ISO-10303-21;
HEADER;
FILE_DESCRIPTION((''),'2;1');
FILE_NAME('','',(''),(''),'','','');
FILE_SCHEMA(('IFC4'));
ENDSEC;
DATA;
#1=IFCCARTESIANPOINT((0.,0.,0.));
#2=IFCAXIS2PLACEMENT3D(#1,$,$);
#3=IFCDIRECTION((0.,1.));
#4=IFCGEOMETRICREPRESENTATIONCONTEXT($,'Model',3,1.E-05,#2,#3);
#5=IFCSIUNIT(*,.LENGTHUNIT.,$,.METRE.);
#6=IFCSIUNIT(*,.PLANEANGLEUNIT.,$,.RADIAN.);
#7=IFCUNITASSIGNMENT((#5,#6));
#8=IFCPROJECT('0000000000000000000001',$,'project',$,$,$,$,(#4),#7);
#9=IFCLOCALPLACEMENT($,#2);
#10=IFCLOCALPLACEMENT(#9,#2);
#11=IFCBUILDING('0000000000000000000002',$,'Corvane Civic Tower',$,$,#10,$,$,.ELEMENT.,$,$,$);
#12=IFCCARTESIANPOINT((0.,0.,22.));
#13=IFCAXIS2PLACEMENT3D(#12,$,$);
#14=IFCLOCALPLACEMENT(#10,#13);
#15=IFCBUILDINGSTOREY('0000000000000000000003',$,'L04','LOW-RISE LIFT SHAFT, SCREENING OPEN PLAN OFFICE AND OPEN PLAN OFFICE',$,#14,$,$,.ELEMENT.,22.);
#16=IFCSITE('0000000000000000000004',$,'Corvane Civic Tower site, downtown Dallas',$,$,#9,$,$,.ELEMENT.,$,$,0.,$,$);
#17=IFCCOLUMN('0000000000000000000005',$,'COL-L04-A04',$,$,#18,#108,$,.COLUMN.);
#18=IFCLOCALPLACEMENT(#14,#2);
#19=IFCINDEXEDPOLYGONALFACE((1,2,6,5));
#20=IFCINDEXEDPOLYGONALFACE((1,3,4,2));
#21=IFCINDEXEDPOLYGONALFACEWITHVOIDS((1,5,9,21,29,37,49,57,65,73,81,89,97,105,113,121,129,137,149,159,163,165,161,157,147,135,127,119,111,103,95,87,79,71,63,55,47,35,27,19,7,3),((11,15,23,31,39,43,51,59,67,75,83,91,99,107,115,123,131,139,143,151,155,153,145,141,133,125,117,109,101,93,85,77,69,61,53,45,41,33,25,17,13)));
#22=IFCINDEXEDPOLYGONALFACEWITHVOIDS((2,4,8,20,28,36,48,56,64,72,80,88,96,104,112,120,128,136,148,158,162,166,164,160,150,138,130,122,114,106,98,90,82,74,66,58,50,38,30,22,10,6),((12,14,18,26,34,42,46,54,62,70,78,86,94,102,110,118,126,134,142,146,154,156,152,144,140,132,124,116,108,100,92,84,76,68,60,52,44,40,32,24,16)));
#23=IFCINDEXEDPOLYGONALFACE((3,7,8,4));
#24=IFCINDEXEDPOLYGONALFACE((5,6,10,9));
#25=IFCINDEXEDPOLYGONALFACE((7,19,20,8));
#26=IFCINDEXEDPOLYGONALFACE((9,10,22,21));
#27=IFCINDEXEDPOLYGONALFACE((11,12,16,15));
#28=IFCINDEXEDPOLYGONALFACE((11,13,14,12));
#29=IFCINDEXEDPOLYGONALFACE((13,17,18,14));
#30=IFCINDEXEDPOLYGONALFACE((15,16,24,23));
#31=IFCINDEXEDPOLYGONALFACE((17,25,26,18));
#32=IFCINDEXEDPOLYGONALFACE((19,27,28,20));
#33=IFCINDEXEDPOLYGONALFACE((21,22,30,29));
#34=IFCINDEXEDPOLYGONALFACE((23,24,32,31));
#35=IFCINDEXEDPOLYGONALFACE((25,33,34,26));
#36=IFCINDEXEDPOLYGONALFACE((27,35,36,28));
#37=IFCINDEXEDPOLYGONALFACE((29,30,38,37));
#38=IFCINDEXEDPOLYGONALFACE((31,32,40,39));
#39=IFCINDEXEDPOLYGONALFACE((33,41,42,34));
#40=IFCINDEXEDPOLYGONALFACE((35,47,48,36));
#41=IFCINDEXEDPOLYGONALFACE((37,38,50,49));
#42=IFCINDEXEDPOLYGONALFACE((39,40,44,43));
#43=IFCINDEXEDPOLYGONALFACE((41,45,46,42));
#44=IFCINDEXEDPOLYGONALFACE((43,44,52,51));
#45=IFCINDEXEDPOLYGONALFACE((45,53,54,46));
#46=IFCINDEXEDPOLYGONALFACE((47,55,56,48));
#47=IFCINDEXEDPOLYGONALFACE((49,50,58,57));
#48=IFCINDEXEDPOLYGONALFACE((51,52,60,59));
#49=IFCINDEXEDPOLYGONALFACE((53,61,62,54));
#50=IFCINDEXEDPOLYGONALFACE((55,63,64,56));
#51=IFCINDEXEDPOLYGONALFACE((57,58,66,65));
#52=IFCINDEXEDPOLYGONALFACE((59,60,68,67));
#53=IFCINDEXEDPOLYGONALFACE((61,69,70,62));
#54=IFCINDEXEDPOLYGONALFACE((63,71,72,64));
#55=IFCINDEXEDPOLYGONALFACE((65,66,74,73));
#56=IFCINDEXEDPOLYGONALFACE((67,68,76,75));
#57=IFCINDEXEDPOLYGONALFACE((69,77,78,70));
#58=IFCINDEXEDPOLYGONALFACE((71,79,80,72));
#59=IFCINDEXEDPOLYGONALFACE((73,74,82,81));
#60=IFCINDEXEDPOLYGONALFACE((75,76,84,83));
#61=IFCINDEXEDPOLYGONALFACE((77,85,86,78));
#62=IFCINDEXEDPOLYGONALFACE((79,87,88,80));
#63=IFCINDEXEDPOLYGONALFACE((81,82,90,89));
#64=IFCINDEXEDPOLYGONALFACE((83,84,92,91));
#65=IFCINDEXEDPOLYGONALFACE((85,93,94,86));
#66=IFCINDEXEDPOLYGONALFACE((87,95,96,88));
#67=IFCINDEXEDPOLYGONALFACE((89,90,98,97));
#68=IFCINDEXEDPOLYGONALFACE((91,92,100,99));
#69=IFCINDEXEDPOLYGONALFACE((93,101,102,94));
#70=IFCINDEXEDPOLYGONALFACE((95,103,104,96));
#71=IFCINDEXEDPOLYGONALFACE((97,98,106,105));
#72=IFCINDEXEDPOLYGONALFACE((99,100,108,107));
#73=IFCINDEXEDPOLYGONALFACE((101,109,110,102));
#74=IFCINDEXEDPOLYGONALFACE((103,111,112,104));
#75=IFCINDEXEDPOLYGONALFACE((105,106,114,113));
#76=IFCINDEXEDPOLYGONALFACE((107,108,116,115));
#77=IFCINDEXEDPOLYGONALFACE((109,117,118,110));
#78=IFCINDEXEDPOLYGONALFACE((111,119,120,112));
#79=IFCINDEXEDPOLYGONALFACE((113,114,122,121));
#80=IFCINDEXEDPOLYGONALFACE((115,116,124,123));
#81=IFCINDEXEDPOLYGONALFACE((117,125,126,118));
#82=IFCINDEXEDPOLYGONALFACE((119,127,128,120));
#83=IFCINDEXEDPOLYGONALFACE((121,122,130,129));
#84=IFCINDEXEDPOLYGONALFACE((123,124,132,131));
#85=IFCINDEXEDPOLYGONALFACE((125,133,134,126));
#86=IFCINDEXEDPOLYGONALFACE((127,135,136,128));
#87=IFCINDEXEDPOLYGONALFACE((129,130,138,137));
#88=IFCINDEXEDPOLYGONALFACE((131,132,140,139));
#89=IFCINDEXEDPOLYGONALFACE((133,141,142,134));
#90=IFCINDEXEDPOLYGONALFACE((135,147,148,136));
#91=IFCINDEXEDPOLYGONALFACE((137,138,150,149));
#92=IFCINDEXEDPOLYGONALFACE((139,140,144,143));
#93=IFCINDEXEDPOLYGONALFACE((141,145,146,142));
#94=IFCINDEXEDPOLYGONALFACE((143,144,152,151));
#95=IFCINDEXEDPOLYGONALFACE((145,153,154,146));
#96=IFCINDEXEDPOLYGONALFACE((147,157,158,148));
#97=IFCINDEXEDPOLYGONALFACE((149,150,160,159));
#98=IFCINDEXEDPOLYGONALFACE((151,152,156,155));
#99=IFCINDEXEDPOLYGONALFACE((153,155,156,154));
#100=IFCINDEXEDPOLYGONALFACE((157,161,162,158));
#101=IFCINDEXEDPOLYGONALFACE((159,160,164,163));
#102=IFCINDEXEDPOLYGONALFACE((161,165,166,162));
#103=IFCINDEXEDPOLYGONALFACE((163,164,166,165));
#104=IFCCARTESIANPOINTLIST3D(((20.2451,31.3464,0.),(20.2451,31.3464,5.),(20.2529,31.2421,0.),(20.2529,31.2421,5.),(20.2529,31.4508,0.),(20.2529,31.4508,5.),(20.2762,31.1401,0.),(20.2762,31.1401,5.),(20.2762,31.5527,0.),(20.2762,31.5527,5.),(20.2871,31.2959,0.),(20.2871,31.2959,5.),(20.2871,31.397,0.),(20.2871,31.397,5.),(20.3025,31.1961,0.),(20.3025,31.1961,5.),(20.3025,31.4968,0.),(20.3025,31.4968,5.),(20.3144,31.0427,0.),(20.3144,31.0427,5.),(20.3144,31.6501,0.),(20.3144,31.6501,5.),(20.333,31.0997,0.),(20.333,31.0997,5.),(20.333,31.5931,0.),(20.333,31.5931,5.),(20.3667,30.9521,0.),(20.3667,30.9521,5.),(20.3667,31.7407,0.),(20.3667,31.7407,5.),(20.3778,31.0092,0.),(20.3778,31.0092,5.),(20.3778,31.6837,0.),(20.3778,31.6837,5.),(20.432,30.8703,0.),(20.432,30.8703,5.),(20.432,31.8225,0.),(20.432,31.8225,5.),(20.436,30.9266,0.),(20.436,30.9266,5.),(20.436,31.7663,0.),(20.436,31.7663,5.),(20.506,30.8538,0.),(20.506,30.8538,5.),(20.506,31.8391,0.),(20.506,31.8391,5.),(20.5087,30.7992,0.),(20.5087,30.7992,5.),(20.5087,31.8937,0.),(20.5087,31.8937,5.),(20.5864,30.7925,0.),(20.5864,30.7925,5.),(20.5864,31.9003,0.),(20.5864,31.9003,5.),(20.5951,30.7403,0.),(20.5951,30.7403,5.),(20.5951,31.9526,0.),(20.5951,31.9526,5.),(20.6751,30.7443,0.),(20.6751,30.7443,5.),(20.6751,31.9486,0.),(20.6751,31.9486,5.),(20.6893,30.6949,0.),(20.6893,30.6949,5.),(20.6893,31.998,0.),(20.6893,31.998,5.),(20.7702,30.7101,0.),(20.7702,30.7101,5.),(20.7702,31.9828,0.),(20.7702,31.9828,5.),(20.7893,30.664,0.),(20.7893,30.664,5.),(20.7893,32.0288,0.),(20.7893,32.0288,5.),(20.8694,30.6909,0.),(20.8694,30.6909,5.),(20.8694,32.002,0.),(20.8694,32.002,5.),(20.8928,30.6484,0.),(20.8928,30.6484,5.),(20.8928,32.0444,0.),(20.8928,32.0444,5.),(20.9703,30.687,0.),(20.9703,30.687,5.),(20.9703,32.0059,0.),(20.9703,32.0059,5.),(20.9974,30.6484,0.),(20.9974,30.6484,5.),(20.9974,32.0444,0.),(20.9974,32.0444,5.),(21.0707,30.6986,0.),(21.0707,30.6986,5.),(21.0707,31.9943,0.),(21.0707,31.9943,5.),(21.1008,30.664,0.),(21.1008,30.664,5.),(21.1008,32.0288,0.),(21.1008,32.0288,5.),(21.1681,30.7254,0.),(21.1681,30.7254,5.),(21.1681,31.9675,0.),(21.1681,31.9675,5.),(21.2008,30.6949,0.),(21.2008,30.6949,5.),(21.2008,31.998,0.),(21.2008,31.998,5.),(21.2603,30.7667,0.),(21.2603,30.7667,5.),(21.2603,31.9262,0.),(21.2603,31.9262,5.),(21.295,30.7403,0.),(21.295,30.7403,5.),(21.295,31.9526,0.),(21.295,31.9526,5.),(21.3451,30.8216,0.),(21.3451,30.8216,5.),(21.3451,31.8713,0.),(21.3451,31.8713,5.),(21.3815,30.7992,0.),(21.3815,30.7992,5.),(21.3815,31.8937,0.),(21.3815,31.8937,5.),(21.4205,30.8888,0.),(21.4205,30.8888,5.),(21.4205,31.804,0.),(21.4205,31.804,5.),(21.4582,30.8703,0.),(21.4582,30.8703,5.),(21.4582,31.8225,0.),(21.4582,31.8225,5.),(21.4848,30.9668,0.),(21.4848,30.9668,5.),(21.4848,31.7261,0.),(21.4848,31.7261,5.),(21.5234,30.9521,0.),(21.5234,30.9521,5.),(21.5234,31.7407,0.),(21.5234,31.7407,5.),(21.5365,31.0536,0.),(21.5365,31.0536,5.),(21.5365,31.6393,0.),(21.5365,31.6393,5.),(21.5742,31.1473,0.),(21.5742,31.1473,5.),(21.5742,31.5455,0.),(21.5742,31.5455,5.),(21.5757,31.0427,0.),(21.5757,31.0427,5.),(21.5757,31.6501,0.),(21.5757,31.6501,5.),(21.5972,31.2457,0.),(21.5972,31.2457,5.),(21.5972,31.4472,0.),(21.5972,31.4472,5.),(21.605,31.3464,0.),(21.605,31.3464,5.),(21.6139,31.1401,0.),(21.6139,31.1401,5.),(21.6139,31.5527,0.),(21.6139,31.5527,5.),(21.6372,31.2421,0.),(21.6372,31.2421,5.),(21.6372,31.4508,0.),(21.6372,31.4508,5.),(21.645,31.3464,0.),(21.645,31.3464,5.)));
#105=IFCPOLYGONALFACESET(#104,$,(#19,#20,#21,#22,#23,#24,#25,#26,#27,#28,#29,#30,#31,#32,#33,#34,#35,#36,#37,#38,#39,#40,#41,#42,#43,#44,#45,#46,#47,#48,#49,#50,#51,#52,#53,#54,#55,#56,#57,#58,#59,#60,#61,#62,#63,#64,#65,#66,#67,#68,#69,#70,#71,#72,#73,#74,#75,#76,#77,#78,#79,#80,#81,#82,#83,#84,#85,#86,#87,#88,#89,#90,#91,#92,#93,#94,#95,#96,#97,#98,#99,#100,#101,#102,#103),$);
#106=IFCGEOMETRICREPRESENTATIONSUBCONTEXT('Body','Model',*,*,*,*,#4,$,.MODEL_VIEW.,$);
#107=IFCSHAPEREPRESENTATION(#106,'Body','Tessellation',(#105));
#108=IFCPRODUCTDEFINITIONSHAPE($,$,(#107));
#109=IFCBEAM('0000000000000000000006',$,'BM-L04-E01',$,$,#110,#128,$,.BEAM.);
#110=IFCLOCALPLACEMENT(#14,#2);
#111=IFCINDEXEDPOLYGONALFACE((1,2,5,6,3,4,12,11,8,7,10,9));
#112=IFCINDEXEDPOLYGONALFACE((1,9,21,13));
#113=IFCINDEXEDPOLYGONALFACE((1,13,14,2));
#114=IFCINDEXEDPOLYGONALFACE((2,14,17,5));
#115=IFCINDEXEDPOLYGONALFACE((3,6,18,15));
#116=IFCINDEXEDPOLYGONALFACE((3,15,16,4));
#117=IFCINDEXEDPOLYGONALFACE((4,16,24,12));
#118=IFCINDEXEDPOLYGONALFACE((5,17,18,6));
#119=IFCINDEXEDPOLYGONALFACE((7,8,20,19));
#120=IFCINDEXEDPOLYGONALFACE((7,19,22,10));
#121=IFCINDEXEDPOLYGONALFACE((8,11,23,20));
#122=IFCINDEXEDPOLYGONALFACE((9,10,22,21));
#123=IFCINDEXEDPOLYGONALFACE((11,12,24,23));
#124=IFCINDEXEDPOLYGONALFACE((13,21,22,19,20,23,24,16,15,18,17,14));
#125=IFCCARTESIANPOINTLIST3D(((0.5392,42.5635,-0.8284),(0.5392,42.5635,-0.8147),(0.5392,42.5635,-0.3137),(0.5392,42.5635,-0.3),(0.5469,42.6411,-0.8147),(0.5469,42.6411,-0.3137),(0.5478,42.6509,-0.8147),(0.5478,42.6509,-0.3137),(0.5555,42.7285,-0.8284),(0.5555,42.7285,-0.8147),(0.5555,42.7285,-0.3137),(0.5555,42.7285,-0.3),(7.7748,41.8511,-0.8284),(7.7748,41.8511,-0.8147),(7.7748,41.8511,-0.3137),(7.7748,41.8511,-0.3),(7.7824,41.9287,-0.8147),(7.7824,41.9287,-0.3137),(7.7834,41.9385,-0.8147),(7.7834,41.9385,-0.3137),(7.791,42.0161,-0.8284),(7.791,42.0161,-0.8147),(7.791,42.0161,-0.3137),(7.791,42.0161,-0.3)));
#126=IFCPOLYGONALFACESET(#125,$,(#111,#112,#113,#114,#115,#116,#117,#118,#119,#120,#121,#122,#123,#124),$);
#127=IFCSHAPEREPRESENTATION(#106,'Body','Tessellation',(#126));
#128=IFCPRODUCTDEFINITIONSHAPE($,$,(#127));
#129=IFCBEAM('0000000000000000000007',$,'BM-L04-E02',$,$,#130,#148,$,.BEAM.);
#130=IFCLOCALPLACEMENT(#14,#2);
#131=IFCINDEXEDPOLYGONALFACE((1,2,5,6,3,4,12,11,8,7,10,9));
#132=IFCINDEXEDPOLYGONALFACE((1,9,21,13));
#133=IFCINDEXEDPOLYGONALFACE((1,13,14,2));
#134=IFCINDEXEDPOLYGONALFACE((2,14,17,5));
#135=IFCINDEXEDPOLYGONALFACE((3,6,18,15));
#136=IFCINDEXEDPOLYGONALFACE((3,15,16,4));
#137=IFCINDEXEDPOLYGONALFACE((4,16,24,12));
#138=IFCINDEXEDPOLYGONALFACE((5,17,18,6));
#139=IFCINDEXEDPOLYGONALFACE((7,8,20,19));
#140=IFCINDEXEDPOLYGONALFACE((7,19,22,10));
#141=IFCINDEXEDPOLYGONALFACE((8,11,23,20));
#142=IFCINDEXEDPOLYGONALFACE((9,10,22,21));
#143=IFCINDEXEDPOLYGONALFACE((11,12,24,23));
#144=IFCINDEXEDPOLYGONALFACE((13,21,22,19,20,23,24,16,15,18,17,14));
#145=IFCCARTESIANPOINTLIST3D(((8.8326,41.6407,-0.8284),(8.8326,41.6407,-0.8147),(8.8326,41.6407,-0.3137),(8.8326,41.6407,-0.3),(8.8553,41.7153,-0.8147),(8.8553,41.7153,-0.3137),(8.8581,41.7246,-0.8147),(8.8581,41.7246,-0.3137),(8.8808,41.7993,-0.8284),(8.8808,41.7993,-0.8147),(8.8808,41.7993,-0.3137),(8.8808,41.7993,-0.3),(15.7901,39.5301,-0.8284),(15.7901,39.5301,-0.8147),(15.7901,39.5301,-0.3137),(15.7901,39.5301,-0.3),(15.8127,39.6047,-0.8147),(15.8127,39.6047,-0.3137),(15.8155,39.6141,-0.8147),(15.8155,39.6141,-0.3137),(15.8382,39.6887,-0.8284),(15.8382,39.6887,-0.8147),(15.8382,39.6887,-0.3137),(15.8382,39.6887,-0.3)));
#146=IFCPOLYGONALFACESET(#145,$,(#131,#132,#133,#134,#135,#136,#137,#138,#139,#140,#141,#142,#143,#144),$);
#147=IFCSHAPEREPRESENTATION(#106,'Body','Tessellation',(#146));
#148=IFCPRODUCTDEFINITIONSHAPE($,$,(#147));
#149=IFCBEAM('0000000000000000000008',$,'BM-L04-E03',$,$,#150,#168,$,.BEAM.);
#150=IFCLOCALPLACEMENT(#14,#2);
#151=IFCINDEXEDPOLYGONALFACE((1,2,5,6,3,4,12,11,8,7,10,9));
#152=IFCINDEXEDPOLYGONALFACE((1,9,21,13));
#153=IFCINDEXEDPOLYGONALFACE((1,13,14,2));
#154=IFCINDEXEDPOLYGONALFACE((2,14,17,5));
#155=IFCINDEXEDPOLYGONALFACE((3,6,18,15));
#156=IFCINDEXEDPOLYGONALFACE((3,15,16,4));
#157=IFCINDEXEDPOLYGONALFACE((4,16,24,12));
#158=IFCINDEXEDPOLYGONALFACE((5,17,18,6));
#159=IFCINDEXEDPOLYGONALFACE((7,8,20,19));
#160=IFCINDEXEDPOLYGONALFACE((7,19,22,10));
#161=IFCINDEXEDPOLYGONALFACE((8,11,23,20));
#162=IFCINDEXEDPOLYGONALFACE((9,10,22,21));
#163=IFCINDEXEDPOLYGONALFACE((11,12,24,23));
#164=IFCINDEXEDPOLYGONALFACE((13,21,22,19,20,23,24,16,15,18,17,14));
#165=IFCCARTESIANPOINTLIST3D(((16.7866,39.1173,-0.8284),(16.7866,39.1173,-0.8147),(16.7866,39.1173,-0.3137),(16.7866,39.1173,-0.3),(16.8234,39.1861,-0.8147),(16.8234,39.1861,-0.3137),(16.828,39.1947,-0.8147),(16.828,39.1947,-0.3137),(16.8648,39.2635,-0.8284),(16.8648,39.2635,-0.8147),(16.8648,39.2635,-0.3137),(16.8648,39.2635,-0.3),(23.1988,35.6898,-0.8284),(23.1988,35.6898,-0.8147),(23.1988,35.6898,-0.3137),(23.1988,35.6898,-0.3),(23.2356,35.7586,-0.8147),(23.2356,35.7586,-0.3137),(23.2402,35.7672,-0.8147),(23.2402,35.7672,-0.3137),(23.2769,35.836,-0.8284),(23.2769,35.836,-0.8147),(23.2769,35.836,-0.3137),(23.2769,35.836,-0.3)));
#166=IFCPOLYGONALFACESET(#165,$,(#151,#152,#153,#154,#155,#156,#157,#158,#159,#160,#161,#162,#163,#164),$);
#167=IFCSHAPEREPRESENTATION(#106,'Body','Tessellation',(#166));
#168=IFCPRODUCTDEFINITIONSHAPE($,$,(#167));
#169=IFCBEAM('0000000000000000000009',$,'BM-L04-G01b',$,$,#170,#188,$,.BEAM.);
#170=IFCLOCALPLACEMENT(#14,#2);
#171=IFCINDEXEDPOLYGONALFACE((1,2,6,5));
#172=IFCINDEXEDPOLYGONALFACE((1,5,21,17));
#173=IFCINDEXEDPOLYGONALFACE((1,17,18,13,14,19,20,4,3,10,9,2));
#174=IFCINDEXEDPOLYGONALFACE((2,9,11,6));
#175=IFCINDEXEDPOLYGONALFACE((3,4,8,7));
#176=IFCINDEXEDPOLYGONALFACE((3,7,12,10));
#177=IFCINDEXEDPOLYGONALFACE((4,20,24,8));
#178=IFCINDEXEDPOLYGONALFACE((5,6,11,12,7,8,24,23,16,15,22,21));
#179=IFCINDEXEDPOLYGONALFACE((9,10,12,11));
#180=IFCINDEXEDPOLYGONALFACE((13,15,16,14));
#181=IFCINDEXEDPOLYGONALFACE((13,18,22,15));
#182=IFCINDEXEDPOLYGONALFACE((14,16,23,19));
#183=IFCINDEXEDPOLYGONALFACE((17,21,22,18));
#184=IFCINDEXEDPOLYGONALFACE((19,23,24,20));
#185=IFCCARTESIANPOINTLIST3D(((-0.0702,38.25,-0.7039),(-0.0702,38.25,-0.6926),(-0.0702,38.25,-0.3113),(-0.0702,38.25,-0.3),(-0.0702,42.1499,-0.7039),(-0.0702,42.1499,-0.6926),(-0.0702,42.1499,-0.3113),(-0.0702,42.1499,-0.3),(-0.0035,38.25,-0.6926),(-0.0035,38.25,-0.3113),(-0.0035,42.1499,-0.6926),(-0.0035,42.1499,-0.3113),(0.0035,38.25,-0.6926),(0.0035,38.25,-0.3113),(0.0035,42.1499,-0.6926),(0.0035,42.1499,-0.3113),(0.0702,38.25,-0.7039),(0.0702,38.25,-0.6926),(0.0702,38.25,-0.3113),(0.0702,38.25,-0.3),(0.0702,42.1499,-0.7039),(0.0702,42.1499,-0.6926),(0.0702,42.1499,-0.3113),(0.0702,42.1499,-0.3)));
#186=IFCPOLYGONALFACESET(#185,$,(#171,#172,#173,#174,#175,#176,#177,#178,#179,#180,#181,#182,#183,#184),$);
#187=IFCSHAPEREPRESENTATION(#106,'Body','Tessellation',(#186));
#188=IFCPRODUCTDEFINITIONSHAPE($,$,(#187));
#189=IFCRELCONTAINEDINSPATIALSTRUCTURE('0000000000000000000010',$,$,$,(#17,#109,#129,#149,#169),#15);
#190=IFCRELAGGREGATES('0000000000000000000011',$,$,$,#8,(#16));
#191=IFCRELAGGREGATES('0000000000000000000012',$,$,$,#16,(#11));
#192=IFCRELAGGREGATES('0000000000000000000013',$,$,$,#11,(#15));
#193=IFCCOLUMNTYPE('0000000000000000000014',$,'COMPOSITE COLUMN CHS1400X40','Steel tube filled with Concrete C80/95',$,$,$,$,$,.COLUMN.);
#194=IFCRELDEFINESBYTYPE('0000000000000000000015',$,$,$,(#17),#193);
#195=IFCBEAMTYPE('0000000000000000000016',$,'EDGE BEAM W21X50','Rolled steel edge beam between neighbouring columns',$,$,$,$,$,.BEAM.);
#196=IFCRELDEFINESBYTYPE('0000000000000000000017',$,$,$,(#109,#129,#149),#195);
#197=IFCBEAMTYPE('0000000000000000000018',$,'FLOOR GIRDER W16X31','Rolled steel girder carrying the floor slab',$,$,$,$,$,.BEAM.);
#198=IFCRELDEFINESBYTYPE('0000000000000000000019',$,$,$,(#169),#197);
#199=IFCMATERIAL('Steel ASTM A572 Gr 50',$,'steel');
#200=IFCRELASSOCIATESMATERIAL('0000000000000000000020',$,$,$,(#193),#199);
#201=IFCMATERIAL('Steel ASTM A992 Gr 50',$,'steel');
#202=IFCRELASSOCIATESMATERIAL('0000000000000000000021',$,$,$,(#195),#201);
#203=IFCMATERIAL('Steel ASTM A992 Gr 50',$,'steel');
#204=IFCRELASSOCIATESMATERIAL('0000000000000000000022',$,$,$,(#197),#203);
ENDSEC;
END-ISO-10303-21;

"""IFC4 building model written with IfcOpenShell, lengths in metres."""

from ifc_helpers import new_model, si_unit, direction, frame, origin, origin_2d, place, context, subcontext, project, spatial, hollow_circle, i_section, extrude, material, material_profile, profile_set, type_object, element, save


model = new_model("IFC4")

# Units and contexts
model_context = context("Model", 3, precision=1e-05, world=origin(), true_north=direction((0.0, 1.0)))
body_context = subcontext(model_context, "Body", "Model", "MODEL_VIEW")
ifc_project = project(units=[si_unit("LENGTHUNIT", "METRE"), si_unit("PLANEANGLEUNIT", "RADIAN")], contexts=[model_context])

# Site, building, storey
site_placement = place(None, origin())
site = spatial("IfcSite", under=ifc_project, at=site_placement, Name="Corvane Civic Tower site, downtown Dallas", CompositionType="ELEMENT", RefElevation=0.0)
building_placement = place(site_placement, origin())
building = spatial("IfcBuilding", under=site, at=building_placement, Name="Corvane Civic Tower", CompositionType="ELEMENT")
storey_placement = place(building_placement, frame((0.0, 0.0, 22.0)))
storey = spatial("IfcBuildingStorey", under=building, at=storey_placement, Name="L04", Description="LOW-RISE LIFT SHAFT, SCREENING OPEN PLAN OFFICE AND OPEN PLAN OFFICE", CompositionType="ELEMENT", Elevation=22.0)

# Column
ifc_material_1 = material(Name="Steel ASTM A572 Gr 50", Category="steel")
ifc_material_profile_1 = material_profile(ifc_material_1, hollow_circle(Radius=0.7, WallThickness=0.04, at=origin_2d()), Name="CHS1400X40")
ifc_profile_set_1 = profile_set([ifc_material_profile_1], Name="Steel ASTM A572 Gr 50")
column_type_1 = type_object("IfcColumnType", Name="COMPOSITE COLUMN CHS1400X40", Description="Steel tube filled with Concrete C80/95", PredefinedType="COLUMN", material=ifc_profile_set_1)
for number, where, z_axis, x_axis, name in (
    (1, (20.9451, 31.3464, 0.0), (0.0, 0.0, 1.0), (1.0, 0.0, 0.0), "COL-L04-A04"),
):
    element("IfcColumn", number, at=place(storey_placement, frame(where, z_axis=z_axis, x_axis=x_axis)), inside=storey, type_object=column_type_1, Name=name, PredefinedType="COLUMN", context=body_context, shape_type="SweptSolid", body=[
        extrude(hollow_circle(Radius=0.7, WallThickness=0.04, at=origin_2d()), origin(), (0.0, 0.0, 1.0), 5.0),
    ])

# Beams
ifc_material_2 = material(Name="Steel ASTM A992 Gr 50", Category="steel")
ifc_material_profile_2 = material_profile(ifc_material_2, i_section(OverallWidth=0.1658, OverallDepth=0.5283, WebThickness=0.0098, FlangeThickness=0.0137, at=origin_2d()), Name="W21X50")
ifc_profile_set_2 = profile_set([ifc_material_profile_2], Name="Steel ASTM A992 Gr 50")
beam_type_1 = type_object("IfcBeamType", Name="EDGE BEAM W21X50", Description="Rolled steel edge beam between neighbouring columns", PredefinedType="BEAM", material=ifc_profile_set_2)
for number, where, z_axis, x_axis, name in (
    (2, (0.5474, 42.646, -0.5642), (0.995188, -0.097984, 0.0), (0.097984, 0.995188, 0.0), "BM-L04-E01"),
    (3, (8.8567, 41.72, -0.5642), (0.956938, -0.290292, 0.0), (0.290292, 0.956938, 0.0), "BM-L04-E02"),
):
    element("IfcBeam", number, at=place(storey_placement, frame(where, z_axis=z_axis, x_axis=x_axis)), inside=storey, type_object=beam_type_1, Name=name, PredefinedType="BEAM", context=body_context, shape_type="SweptSolid", body=[
        extrude(i_section(OverallWidth=0.1658, OverallDepth=0.5283, WebThickness=0.0098, FlangeThickness=0.0137, at=origin_2d()), origin(), (0.0, 0.0, 1.0), 7.2705),
    ])
beam_placement = place(storey_placement, frame((16.8257, 39.1904, -0.5642), z_axis=(0.881913, -0.471412, 0.0), x_axis=(0.471412, 0.881913, 0.0)))
element("IfcBeam", 4, at=beam_placement, inside=storey, type_object=beam_type_1, Name="BM-L04-E03", PredefinedType="BEAM", context=body_context, shape_type="SweptSolid", body=[
    extrude(i_section(OverallWidth=0.1658, OverallDepth=0.5283, WebThickness=0.0098, FlangeThickness=0.0137, at=origin_2d()), origin(), (0.0, 0.0, 1.0), 7.2708),
])
ifc_material_3 = material(Name="Steel ASTM A992 Gr 50", Category="steel")
ifc_material_profile_3 = material_profile(ifc_material_3, i_section(OverallWidth=0.1404, OverallDepth=0.4038, WebThickness=0.0071, FlangeThickness=0.0112, at=origin_2d()), Name="W16X31")
ifc_profile_set_3 = profile_set([ifc_material_profile_3], Name="Steel ASTM A992 Gr 50")
beam_type_2 = type_object("IfcBeamType", Name="FLOOR GIRDER W16X31", Description="Rolled steel girder carrying the floor slab", PredefinedType="BEAM", material=ifc_profile_set_3)
for number, where, z_axis, x_axis, name in (
    (5, (0.0, 38.25, -0.502), (0.0, 1.0, 0.0), (-1.0, 0.0, 0.0), "BM-L04-G01b"),
):
    element("IfcBeam", number, at=place(storey_placement, frame(where, z_axis=z_axis, x_axis=x_axis)), inside=storey, type_object=beam_type_2, Name=name, PredefinedType="BEAM", context=body_context, shape_type="SweptSolid", body=[
        extrude(i_section(OverallWidth=0.1404, OverallDepth=0.4038, WebThickness=0.0071, FlangeThickness=0.0112, at=origin_2d()), origin(), (0.0, 0.0, 1.0), 3.8999),
    ])

save(model, "model.ifc")
